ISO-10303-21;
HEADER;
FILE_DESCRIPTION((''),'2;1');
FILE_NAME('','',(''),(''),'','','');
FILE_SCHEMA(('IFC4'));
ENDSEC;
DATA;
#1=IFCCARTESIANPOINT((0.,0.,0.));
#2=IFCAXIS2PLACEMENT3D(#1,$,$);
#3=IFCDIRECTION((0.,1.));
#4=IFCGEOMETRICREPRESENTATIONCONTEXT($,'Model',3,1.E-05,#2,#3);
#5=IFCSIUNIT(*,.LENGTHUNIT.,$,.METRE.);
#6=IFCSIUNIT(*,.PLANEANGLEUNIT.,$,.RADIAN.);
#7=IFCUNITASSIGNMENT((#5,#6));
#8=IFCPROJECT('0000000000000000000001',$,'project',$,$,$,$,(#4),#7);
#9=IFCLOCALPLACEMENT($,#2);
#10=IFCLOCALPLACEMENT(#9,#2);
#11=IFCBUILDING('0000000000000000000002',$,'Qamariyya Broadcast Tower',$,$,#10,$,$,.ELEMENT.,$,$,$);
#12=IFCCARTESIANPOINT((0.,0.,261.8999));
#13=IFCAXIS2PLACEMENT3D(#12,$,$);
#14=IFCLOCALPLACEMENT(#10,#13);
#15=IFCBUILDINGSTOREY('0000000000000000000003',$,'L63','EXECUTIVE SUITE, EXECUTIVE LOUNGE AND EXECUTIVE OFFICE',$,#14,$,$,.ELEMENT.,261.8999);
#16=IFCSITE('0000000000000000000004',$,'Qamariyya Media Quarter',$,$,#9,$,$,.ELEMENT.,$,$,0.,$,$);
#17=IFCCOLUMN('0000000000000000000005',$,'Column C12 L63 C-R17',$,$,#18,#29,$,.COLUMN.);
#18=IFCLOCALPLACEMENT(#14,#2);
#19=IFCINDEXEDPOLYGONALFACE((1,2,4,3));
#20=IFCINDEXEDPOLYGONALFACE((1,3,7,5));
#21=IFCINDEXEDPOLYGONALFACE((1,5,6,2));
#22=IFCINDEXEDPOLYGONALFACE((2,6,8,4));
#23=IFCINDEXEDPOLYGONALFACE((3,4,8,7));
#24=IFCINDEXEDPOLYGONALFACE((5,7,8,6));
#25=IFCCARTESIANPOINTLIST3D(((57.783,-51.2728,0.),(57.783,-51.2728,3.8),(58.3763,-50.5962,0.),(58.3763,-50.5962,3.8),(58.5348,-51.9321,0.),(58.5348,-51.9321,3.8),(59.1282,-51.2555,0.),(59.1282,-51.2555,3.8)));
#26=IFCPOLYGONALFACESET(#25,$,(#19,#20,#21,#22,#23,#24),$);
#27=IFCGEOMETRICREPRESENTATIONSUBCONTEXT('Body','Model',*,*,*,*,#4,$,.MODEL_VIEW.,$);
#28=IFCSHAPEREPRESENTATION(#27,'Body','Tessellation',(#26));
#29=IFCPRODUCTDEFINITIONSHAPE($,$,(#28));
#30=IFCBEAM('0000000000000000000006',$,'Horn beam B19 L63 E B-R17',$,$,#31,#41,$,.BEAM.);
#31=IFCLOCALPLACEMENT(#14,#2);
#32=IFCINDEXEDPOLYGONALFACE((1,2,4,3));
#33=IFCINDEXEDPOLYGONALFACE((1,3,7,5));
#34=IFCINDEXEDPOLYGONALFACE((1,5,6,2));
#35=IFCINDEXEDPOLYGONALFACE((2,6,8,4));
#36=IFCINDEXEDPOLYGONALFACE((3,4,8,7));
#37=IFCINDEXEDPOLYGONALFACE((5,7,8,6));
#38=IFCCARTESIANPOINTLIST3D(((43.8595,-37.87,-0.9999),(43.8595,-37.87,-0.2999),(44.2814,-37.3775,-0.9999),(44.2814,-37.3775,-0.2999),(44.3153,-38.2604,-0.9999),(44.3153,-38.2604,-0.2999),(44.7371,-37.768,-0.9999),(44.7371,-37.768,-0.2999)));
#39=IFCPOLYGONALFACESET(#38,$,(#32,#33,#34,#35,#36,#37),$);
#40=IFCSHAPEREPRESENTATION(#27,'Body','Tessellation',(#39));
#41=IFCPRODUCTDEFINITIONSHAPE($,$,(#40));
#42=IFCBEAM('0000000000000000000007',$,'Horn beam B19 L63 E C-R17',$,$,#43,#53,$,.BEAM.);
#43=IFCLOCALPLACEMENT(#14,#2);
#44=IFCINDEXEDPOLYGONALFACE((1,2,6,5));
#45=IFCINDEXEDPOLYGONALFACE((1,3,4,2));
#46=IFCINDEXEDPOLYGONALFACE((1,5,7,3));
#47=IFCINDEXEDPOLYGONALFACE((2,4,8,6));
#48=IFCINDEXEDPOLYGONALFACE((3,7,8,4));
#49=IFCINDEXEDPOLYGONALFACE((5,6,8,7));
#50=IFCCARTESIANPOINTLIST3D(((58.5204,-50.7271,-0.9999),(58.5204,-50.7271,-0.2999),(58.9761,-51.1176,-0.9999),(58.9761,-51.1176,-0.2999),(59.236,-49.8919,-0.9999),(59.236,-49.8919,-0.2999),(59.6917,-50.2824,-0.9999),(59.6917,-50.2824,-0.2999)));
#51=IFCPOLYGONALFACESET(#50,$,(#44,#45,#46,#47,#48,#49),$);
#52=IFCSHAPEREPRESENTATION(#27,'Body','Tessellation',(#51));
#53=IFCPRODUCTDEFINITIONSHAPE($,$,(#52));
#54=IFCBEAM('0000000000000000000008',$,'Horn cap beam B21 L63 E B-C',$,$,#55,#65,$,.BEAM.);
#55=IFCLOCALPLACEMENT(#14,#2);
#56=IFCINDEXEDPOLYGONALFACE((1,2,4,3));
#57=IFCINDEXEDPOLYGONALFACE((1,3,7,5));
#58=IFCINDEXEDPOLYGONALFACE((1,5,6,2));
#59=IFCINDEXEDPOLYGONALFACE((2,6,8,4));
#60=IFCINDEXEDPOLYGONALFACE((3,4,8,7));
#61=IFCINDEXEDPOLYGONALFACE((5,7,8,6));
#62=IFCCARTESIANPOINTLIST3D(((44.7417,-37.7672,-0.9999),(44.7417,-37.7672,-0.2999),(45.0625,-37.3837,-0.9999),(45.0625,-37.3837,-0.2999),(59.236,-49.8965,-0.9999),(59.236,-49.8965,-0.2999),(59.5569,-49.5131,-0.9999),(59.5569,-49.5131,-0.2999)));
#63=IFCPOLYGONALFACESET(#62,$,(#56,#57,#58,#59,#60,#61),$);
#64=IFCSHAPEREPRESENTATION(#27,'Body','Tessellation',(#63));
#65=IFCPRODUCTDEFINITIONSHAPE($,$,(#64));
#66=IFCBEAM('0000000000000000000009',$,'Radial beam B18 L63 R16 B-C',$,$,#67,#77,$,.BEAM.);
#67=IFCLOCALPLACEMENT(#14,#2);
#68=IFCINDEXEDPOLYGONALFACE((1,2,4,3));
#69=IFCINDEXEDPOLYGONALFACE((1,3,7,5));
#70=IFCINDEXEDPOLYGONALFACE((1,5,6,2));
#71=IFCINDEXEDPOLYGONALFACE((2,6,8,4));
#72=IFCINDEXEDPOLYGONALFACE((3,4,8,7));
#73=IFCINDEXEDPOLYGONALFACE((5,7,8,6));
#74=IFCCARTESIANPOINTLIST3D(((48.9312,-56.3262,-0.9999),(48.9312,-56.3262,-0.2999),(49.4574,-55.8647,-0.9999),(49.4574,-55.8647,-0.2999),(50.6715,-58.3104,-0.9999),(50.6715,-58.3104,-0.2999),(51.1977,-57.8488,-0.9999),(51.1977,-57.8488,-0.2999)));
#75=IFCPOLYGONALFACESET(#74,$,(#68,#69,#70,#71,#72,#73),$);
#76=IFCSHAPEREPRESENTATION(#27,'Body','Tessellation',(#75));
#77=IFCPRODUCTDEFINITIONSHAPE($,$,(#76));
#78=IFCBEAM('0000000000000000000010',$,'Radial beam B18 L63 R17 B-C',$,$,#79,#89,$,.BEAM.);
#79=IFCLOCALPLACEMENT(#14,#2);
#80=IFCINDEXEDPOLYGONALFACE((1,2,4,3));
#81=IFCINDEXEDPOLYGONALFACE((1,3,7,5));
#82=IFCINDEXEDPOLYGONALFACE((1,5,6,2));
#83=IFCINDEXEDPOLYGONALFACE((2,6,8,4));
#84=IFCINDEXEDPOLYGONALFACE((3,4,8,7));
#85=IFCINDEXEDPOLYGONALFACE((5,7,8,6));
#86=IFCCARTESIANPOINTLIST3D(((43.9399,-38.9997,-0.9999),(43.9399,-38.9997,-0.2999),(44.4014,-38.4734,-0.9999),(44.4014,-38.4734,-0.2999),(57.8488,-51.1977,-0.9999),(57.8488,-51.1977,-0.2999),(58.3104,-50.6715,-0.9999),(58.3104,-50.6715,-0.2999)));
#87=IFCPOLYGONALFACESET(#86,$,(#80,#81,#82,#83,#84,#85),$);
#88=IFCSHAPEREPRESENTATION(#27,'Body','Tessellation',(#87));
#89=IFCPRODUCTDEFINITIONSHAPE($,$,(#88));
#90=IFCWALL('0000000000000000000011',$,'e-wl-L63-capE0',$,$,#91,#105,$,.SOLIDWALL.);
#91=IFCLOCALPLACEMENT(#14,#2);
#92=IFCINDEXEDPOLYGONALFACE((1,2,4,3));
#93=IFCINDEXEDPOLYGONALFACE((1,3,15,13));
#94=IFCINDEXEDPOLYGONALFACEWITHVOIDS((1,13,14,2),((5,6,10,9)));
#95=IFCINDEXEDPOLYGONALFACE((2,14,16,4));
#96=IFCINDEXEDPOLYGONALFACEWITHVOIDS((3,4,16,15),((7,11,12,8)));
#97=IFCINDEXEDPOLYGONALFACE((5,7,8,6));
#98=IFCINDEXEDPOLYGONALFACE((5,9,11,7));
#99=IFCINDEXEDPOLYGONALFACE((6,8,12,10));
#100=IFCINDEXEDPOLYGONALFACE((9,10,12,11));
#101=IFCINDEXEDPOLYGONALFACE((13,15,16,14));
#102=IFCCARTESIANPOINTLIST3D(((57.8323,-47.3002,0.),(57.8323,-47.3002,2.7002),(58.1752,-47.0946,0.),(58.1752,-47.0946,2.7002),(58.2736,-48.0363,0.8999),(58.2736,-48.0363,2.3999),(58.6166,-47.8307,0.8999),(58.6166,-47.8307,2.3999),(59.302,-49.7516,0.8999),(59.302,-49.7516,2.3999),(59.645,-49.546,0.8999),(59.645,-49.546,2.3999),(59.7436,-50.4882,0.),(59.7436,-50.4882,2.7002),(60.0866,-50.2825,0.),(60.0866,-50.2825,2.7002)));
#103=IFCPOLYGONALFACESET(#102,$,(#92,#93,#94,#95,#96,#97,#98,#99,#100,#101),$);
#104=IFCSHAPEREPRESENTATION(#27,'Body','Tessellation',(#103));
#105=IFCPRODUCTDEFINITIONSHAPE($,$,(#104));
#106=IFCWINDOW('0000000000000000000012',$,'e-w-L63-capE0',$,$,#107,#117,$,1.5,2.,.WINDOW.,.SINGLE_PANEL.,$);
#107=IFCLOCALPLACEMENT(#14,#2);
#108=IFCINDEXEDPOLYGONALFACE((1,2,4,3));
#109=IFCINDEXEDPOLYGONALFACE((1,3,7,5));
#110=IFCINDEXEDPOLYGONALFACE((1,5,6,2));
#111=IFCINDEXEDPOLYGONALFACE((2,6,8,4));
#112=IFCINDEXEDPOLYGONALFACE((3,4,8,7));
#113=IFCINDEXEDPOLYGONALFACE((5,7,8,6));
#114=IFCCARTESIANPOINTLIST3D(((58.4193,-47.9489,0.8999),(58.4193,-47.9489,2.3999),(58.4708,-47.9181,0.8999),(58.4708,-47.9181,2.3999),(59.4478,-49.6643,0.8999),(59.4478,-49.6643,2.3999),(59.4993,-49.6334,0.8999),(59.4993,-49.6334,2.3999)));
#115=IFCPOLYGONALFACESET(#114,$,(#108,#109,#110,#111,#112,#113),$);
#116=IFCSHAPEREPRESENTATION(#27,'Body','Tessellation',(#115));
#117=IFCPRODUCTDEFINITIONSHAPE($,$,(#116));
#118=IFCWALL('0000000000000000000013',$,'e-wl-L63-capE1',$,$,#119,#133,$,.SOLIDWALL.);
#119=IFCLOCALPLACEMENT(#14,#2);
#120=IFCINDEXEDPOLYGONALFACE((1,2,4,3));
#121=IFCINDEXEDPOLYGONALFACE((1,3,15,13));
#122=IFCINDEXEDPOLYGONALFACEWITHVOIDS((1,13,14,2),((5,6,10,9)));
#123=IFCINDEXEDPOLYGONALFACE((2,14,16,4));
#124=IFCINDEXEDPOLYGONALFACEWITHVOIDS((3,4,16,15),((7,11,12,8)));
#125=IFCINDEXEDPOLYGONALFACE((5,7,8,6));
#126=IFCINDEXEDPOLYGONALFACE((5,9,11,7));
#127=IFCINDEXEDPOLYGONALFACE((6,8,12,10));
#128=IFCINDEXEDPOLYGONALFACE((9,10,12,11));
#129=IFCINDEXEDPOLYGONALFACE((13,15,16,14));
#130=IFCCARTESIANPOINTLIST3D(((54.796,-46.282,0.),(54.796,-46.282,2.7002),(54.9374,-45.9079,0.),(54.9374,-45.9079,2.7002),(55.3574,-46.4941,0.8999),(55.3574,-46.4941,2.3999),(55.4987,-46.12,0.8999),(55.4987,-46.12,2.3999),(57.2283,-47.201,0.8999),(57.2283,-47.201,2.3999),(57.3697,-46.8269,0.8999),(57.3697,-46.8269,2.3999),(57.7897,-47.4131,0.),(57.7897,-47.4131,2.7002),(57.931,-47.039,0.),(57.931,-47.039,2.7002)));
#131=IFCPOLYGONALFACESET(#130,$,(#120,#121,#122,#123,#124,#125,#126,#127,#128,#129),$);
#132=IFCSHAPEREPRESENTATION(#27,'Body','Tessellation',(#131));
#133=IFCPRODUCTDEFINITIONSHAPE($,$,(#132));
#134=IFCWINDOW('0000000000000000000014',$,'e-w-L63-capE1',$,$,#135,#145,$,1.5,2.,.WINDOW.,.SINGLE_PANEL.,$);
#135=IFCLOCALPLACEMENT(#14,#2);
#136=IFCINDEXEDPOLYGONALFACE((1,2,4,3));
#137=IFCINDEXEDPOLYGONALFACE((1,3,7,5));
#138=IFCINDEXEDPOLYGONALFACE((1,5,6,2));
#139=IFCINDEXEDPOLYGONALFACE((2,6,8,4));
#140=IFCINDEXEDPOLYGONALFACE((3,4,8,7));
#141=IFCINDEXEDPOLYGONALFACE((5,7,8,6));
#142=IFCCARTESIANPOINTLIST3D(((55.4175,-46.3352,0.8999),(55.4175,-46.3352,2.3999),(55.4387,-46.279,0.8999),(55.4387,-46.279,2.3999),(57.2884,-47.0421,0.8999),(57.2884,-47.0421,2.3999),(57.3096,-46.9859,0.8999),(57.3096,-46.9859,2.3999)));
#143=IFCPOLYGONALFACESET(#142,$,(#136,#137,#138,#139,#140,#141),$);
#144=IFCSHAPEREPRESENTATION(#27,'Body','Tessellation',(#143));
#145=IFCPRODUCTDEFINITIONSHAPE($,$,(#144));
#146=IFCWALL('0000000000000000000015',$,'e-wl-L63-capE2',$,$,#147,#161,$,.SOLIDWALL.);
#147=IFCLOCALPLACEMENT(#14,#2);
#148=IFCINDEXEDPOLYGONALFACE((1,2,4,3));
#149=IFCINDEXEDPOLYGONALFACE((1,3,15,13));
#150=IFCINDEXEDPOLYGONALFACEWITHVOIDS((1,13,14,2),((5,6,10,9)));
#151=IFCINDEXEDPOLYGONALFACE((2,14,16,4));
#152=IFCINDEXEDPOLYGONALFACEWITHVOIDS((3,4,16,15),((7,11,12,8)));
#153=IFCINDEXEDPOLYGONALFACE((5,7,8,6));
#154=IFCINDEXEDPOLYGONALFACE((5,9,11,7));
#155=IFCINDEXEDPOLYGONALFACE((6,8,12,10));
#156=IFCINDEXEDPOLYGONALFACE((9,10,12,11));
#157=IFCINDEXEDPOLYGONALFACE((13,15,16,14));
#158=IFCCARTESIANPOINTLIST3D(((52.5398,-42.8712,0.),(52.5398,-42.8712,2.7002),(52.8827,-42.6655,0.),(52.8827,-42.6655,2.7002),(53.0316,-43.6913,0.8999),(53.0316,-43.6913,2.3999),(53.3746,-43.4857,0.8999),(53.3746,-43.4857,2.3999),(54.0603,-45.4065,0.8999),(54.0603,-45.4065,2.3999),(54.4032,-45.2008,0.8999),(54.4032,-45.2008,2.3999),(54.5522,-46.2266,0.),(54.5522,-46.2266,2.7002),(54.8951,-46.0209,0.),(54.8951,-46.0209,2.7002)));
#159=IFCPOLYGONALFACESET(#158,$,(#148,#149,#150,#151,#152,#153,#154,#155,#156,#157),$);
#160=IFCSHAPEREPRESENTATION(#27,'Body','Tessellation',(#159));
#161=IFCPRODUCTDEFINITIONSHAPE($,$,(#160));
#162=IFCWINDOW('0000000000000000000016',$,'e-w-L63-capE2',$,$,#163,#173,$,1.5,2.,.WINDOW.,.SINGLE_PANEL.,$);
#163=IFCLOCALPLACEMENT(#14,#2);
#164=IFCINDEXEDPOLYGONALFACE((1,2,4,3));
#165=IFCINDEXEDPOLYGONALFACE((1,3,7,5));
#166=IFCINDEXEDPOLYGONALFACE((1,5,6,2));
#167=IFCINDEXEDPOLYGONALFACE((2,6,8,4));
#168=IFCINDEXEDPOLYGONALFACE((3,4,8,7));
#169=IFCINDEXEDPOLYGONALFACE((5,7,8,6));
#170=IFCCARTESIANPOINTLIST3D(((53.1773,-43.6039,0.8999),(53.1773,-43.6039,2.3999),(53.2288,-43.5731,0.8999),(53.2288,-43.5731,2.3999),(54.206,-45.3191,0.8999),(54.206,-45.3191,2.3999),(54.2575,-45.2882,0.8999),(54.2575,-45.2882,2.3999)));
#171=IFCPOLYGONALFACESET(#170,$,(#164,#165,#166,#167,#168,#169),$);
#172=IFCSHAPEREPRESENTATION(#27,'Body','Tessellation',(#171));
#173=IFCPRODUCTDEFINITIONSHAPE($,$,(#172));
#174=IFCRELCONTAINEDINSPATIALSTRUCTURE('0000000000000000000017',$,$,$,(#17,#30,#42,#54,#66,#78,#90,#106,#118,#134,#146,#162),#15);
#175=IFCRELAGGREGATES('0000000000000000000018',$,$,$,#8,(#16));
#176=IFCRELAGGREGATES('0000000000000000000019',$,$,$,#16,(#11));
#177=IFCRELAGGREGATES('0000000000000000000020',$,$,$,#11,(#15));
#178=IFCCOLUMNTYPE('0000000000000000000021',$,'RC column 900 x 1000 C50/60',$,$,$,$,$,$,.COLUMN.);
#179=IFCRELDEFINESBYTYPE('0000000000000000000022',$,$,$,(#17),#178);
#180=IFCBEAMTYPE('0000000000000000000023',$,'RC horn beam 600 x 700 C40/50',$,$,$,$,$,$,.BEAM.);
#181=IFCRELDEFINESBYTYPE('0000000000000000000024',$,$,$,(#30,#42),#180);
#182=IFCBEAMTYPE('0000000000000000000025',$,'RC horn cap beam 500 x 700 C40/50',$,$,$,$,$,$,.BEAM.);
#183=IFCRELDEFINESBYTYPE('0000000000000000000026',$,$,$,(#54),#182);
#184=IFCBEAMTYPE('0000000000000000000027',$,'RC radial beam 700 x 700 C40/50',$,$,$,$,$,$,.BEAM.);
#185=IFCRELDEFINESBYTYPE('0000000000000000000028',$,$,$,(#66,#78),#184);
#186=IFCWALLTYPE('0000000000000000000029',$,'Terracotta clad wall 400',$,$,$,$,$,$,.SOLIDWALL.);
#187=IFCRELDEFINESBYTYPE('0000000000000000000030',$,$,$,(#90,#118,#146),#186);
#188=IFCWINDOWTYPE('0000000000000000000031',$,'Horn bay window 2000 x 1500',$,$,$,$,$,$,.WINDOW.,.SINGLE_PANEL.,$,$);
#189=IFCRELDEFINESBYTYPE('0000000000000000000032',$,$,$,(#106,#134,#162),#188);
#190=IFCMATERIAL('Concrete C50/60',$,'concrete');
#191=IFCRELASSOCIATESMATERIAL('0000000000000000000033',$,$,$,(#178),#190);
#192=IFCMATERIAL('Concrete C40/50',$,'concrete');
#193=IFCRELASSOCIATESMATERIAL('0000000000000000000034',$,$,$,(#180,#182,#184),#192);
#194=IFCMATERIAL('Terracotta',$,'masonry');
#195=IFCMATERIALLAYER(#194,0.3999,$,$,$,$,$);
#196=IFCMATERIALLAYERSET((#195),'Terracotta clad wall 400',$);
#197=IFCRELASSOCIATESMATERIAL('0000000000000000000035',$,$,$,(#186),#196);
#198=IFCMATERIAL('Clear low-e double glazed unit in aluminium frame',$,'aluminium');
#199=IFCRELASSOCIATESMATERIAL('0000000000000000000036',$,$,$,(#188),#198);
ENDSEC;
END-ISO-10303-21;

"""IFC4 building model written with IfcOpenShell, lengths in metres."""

from ifc_helpers import new_model, si_unit, direction, frame, frame_2d, origin, origin_2d, place, context, subcontext, project, spatial, rectangle, extrude, material, layer, layer_set, material_profile, profile_set, type_object, element, fill, save


model = new_model("IFC4")

# Units and contexts
model_context = context("Model", 3, precision=1e-05, world=origin(), true_north=direction((0.0, 1.0)))
body_context = subcontext(model_context, "Body", "Model", "MODEL_VIEW")
ifc_project = project(units=[si_unit("LENGTHUNIT", "METRE"), si_unit("PLANEANGLEUNIT", "RADIAN")], contexts=[model_context])

# Site, building, storey
site_placement = place(None, origin())
site = spatial("IfcSite", under=ifc_project, at=site_placement, Name="Qamariyya Media Quarter", CompositionType="ELEMENT", RefElevation=0.0)
building_placement = place(site_placement, origin())
building = spatial("IfcBuilding", under=site, at=building_placement, Name="Qamariyya Broadcast Tower", CompositionType="ELEMENT")
storey_placement = place(building_placement, frame((0.0, 0.0, 261.8999)))
storey = spatial("IfcBuildingStorey", under=building, at=storey_placement, Name="L63", Description="EXECUTIVE SUITE, EXECUTIVE LOUNGE AND EXECUTIVE OFFICE", CompositionType="ELEMENT", Elevation=261.8999)

# Column
ifc_material_1 = material(Name="Concrete C50/60", Category="concrete")
ifc_material_profile_1 = material_profile(ifc_material_1, rectangle(XDim=0.8999, YDim=1.0, at=origin_2d()))
ifc_profile_set_1 = profile_set([ifc_material_profile_1], Name="Concrete C50/60")
column_type = type_object("IfcColumnType", Name="RC column 900 x 1000 C50/60", PredefinedType="COLUMN", material=ifc_profile_set_1)
column_placement = place(storey_placement, frame((58.4556, -51.2642, 0.0), z_axis=(0.0, 0.0, 1.0), x_axis=(0.659346, 0.75184, 0.0)))
element("IfcColumn", 1, at=column_placement, inside=storey, type_object=column_type, Name="Column C12 L63 C-R17", PredefinedType="COLUMN", context=body_context, shape_type="SweptSolid", body=[
    extrude(rectangle(XDim=0.8999, YDim=1.0, at=origin_2d()), origin(), (0.0, 0.0, 1.0), 3.8),
])

# Beams
ifc_material_2 = material(Name="Concrete C40/50", Category="concrete")
ifc_material_profile_2 = material_profile(ifc_material_2, rectangle(XDim=0.6001, YDim=0.7, at=origin_2d()))
ifc_profile_set_2 = profile_set([ifc_material_profile_2], Name="Concrete C40/50")
beam_type_1 = type_object("IfcBeamType", Name="RC horn beam 600 x 700 C40/50", PredefinedType="BEAM", material=ifc_profile_set_2)
beam_1_placement = place(storey_placement, frame((44.0874, -38.0652, -0.6499), z_axis=(0.650605, 0.759416, 0.0), x_axis=(-0.759416, 0.650605, 0.0)))
element("IfcBeam", 2, at=beam_1_placement, inside=storey, type_object=beam_type_1, Name="Horn beam B19 L63 E B-R17", PredefinedType="BEAM", context=body_context, shape_type="SweptSolid", body=[
    extrude(rectangle(XDim=0.6001, YDim=0.7, at=origin_2d()), origin(), (0.0, 0.0, 1.0), 0.6484),
])
beam_2_placement = place(storey_placement, frame((58.7483, -50.9224, -0.6499), z_axis=(0.650627, 0.759398, 0.0), x_axis=(-0.759398, 0.650627, 0.0)))
element("IfcBeam", 3, at=beam_2_placement, inside=storey, type_object=beam_type_1, Name="Horn beam B19 L63 E C-R17", PredefinedType="BEAM", context=body_context, shape_type="SweptSolid", body=[
    extrude(rectangle(XDim=0.6001, YDim=0.7, at=origin_2d()), origin(), (0.0, 0.0, 1.0), 1.0999),
])
ifc_material_profile_3 = material_profile(ifc_material_2, rectangle(XDim=0.5, YDim=0.7, at=origin_2d()))
ifc_profile_set_3 = profile_set([ifc_material_profile_3], Name="Concrete C40/50")
beam_type_2 = type_object("IfcBeamType", Name="RC horn cap beam 500 x 700 C40/50", PredefinedType="BEAM", material=ifc_profile_set_3)
beam_3_placement = place(storey_placement, frame((44.9021, -37.5754, -0.6499), z_axis=(0.766899, -0.641767, 0.0), x_axis=(0.641767, 0.766899, 0.0)))
element("IfcBeam", 4, at=beam_3_placement, inside=storey, type_object=beam_type_2, Name="Horn cap beam B21 L63 E B-C", PredefinedType="BEAM", context=body_context, shape_type="SweptSolid", body=[
    extrude(rectangle(XDim=0.5, YDim=0.7, at=origin_2d()), origin(), (0.0, 0.0, 1.0), 18.8999),
])
ifc_material_profile_4 = material_profile(ifc_material_2, rectangle(XDim=0.7, YDim=0.7, at=origin_2d()))
ifc_profile_set_4 = profile_set([ifc_material_profile_4], Name="Concrete C40/50")
beam_type_3 = type_object("IfcBeamType", Name="RC radial beam 700 x 700 C40/50", PredefinedType="BEAM", material=ifc_profile_set_4)
beam_4_placement = place(storey_placement, frame((49.1943, -56.0955, -0.6499), z_axis=(0.659388, -0.751803, 0.0), x_axis=(0.751803, 0.659388, 0.0)))
element("IfcBeam", 5, at=beam_4_placement, inside=storey, type_object=beam_type_3, Name="Radial beam B18 L63 R16 B-C", PredefinedType="BEAM", context=body_context, shape_type="SweptSolid", body=[
    extrude(rectangle(XDim=0.7, YDim=0.7, at=origin_2d()), origin(), (0.0, 0.0, 1.0), 2.6392),
])
beam_5_placement = place(storey_placement, frame((44.1707, -38.7366, -0.6499), z_axis=(0.751835, -0.659352, 0.0), x_axis=(0.659352, 0.751835, 0.0)))
element("IfcBeam", 6, at=beam_5_placement, inside=storey, type_object=beam_type_3, Name="Radial beam B18 L63 R17 B-C", PredefinedType="BEAM", context=body_context, shape_type="SweptSolid", body=[
    extrude(rectangle(XDim=0.7, YDim=0.7, at=origin_2d()), origin(), (0.0, 0.0, 1.0), 18.5),
])

# Walls, openings, windows
ifc_material_3 = material(Name="Terracotta", Category="masonry")
ifc_layer = layer(ifc_material_3, 0.3999)
ifc_layer_set = layer_set([ifc_layer], Name="Terracotta clad wall 400")
wall_type = type_object("IfcWallType", Name="Terracotta clad wall 400", PredefinedType="SOLIDWALL", material=ifc_layer_set)
wall_1_placement = place(storey_placement, frame((59.915, -50.3853, 0.0), z_axis=(0.0, 0.0, 1.0), x_axis=(-0.514216, 0.857661, 0.0)))
wall_1 = element("IfcWall", 7, at=wall_1_placement, inside=storey, type_object=wall_type, Name="e-wl-L63-capE0", PredefinedType="SOLIDWALL", context=body_context, shape_type="SweptSolid", body=[
    extrude(rectangle(XDim=3.717, YDim=0.3999, at=frame_2d((1.8584, 0.0))), origin(), (0.0, 0.0, 1.0), 2.7002),
])
opening_1_placement = place(wall_1_placement, frame((0.8586, 0.0, 0.8999)))
opening_1 = element("IfcOpeningElement", 8, at=opening_1_placement, cuts=wall_1, PredefinedType="OPENING", context=body_context, shape_type="SweptSolid", body=[
    extrude(rectangle(XDim=2.0, YDim=1.5, at=frame_2d((1.0, 0.75))), frame((0.0, 0.21, 0.0), z_axis=(0.0, -1.0, 0.0), x_axis=(1.0, 0.0, 0.0)), (0.0, 0.0, 1.0), 0.4199),
])
ifc_material_4 = material(Name="Clear low-e double glazed unit in aluminium frame", Category="aluminium")
window_type = type_object("IfcWindowType", Name="Horn bay window 2000 x 1500", PartitioningType="SINGLE_PANEL", PredefinedType="WINDOW", material=ifc_material_4)
window_1_placement = place(opening_1_placement, origin())
window_1 = element("IfcWindow", 9, at=window_1_placement, inside=storey, type_object=window_type, Name="e-w-L63-capE0", OverallHeight=1.5, OverallWidth=2.0, PartitioningType="SINGLE_PANEL", PredefinedType="WINDOW", context=body_context, shape_type="SweptSolid", body=[
    extrude(rectangle(XDim=2.0, YDim=1.5, at=frame_2d((1.0, 0.75))), frame((0.0, 0.03, 0.0), z_axis=(0.0, -1.0, 0.0), x_axis=(1.0, 0.0, 0.0)), (0.0, 0.0, 1.0), 0.0601),
])
fill(opening_1, window_1)
wall_2_placement = place(storey_placement, frame((57.8604, -47.2261, 0.0), z_axis=(0.0, 0.0, 1.0), x_axis=(-0.935455, 0.353447, 0.0)))
wall_2 = element("IfcWall", 10, at=wall_2_placement, inside=storey, type_object=wall_type, Name="e-wl-L63-capE1", PredefinedType="SOLIDWALL", context=body_context, shape_type="SweptSolid", body=[
    extrude(rectangle(XDim=3.2002, YDim=0.3999, at=frame_2d((1.6001, 0.0))), origin(), (0.0, 0.0, 1.0), 2.7002),
])
opening_2_placement = place(wall_2_placement, frame((0.6001, 0.0, 0.8999)))
opening_2 = element("IfcOpeningElement", 11, at=opening_2_placement, cuts=wall_2, PredefinedType="OPENING", context=body_context, shape_type="SweptSolid", body=[
    extrude(rectangle(XDim=2.0, YDim=1.5, at=frame_2d((1.0, 0.75))), frame((0.0, 0.21, 0.0), z_axis=(0.0, -1.0, 0.0), x_axis=(1.0, 0.0, 0.0)), (0.0, 0.0, 1.0), 0.4199),
])
window_2_placement = place(opening_2_placement, origin())
window_2 = element("IfcWindow", 12, at=window_2_placement, inside=storey, type_object=window_type, Name="e-w-L63-capE1", OverallHeight=1.5, OverallWidth=2.0, PartitioningType="SINGLE_PANEL", PredefinedType="WINDOW", context=body_context, shape_type="SweptSolid", body=[
    extrude(rectangle(XDim=2.0, YDim=1.5, at=frame_2d((1.0, 0.75))), frame((0.0, 0.03, 0.0), z_axis=(0.0, -1.0, 0.0), x_axis=(1.0, 0.0, 0.0)), (0.0, 0.0, 1.0), 0.0601),
])
fill(opening_2, window_2)
wall_3_placement = place(storey_placement, frame((54.7236, -46.1238, 0.0), z_axis=(0.0, 0.0, 1.0), x_axis=(-0.51434, 0.857587, 0.0)))
wall_3 = element("IfcWall", 13, at=wall_3_placement, inside=storey, type_object=wall_type, Name="e-wl-L63-capE2", PredefinedType="SOLIDWALL", context=body_context, shape_type="SweptSolid", body=[
    extrude(rectangle(XDim=3.9126, YDim=0.3999, at=frame_2d((1.9563, 0.0))), origin(), (0.0, 0.0, 1.0), 2.7002),
])
opening_3_placement = place(wall_3_placement, frame((0.9563, 0.0, 0.8999)))
opening_3 = element("IfcOpeningElement", 14, at=opening_3_placement, cuts=wall_3, PredefinedType="OPENING", context=body_context, shape_type="SweptSolid", body=[
    extrude(rectangle(XDim=2.0, YDim=1.5, at=frame_2d((1.0, 0.75))), frame((0.0, 0.21, 0.0), z_axis=(0.0, -1.0, 0.0), x_axis=(1.0, 0.0, 0.0)), (0.0, 0.0, 1.0), 0.4199),
])
window_3_placement = place(opening_3_placement, origin())
window_3 = element("IfcWindow", 15, at=window_3_placement, inside=storey, type_object=window_type, Name="e-w-L63-capE2", OverallHeight=1.5, OverallWidth=2.0, PartitioningType="SINGLE_PANEL", PredefinedType="WINDOW", context=body_context, shape_type="SweptSolid", body=[
    extrude(rectangle(XDim=2.0, YDim=1.5, at=frame_2d((1.0, 0.75))), frame((0.0, 0.03, 0.0), z_axis=(0.0, -1.0, 0.0), x_axis=(1.0, 0.0, 0.0)), (0.0, 0.0, 1.0), 0.0601),
])
fill(opening_3, window_3)

save(model, "model.ifc")
